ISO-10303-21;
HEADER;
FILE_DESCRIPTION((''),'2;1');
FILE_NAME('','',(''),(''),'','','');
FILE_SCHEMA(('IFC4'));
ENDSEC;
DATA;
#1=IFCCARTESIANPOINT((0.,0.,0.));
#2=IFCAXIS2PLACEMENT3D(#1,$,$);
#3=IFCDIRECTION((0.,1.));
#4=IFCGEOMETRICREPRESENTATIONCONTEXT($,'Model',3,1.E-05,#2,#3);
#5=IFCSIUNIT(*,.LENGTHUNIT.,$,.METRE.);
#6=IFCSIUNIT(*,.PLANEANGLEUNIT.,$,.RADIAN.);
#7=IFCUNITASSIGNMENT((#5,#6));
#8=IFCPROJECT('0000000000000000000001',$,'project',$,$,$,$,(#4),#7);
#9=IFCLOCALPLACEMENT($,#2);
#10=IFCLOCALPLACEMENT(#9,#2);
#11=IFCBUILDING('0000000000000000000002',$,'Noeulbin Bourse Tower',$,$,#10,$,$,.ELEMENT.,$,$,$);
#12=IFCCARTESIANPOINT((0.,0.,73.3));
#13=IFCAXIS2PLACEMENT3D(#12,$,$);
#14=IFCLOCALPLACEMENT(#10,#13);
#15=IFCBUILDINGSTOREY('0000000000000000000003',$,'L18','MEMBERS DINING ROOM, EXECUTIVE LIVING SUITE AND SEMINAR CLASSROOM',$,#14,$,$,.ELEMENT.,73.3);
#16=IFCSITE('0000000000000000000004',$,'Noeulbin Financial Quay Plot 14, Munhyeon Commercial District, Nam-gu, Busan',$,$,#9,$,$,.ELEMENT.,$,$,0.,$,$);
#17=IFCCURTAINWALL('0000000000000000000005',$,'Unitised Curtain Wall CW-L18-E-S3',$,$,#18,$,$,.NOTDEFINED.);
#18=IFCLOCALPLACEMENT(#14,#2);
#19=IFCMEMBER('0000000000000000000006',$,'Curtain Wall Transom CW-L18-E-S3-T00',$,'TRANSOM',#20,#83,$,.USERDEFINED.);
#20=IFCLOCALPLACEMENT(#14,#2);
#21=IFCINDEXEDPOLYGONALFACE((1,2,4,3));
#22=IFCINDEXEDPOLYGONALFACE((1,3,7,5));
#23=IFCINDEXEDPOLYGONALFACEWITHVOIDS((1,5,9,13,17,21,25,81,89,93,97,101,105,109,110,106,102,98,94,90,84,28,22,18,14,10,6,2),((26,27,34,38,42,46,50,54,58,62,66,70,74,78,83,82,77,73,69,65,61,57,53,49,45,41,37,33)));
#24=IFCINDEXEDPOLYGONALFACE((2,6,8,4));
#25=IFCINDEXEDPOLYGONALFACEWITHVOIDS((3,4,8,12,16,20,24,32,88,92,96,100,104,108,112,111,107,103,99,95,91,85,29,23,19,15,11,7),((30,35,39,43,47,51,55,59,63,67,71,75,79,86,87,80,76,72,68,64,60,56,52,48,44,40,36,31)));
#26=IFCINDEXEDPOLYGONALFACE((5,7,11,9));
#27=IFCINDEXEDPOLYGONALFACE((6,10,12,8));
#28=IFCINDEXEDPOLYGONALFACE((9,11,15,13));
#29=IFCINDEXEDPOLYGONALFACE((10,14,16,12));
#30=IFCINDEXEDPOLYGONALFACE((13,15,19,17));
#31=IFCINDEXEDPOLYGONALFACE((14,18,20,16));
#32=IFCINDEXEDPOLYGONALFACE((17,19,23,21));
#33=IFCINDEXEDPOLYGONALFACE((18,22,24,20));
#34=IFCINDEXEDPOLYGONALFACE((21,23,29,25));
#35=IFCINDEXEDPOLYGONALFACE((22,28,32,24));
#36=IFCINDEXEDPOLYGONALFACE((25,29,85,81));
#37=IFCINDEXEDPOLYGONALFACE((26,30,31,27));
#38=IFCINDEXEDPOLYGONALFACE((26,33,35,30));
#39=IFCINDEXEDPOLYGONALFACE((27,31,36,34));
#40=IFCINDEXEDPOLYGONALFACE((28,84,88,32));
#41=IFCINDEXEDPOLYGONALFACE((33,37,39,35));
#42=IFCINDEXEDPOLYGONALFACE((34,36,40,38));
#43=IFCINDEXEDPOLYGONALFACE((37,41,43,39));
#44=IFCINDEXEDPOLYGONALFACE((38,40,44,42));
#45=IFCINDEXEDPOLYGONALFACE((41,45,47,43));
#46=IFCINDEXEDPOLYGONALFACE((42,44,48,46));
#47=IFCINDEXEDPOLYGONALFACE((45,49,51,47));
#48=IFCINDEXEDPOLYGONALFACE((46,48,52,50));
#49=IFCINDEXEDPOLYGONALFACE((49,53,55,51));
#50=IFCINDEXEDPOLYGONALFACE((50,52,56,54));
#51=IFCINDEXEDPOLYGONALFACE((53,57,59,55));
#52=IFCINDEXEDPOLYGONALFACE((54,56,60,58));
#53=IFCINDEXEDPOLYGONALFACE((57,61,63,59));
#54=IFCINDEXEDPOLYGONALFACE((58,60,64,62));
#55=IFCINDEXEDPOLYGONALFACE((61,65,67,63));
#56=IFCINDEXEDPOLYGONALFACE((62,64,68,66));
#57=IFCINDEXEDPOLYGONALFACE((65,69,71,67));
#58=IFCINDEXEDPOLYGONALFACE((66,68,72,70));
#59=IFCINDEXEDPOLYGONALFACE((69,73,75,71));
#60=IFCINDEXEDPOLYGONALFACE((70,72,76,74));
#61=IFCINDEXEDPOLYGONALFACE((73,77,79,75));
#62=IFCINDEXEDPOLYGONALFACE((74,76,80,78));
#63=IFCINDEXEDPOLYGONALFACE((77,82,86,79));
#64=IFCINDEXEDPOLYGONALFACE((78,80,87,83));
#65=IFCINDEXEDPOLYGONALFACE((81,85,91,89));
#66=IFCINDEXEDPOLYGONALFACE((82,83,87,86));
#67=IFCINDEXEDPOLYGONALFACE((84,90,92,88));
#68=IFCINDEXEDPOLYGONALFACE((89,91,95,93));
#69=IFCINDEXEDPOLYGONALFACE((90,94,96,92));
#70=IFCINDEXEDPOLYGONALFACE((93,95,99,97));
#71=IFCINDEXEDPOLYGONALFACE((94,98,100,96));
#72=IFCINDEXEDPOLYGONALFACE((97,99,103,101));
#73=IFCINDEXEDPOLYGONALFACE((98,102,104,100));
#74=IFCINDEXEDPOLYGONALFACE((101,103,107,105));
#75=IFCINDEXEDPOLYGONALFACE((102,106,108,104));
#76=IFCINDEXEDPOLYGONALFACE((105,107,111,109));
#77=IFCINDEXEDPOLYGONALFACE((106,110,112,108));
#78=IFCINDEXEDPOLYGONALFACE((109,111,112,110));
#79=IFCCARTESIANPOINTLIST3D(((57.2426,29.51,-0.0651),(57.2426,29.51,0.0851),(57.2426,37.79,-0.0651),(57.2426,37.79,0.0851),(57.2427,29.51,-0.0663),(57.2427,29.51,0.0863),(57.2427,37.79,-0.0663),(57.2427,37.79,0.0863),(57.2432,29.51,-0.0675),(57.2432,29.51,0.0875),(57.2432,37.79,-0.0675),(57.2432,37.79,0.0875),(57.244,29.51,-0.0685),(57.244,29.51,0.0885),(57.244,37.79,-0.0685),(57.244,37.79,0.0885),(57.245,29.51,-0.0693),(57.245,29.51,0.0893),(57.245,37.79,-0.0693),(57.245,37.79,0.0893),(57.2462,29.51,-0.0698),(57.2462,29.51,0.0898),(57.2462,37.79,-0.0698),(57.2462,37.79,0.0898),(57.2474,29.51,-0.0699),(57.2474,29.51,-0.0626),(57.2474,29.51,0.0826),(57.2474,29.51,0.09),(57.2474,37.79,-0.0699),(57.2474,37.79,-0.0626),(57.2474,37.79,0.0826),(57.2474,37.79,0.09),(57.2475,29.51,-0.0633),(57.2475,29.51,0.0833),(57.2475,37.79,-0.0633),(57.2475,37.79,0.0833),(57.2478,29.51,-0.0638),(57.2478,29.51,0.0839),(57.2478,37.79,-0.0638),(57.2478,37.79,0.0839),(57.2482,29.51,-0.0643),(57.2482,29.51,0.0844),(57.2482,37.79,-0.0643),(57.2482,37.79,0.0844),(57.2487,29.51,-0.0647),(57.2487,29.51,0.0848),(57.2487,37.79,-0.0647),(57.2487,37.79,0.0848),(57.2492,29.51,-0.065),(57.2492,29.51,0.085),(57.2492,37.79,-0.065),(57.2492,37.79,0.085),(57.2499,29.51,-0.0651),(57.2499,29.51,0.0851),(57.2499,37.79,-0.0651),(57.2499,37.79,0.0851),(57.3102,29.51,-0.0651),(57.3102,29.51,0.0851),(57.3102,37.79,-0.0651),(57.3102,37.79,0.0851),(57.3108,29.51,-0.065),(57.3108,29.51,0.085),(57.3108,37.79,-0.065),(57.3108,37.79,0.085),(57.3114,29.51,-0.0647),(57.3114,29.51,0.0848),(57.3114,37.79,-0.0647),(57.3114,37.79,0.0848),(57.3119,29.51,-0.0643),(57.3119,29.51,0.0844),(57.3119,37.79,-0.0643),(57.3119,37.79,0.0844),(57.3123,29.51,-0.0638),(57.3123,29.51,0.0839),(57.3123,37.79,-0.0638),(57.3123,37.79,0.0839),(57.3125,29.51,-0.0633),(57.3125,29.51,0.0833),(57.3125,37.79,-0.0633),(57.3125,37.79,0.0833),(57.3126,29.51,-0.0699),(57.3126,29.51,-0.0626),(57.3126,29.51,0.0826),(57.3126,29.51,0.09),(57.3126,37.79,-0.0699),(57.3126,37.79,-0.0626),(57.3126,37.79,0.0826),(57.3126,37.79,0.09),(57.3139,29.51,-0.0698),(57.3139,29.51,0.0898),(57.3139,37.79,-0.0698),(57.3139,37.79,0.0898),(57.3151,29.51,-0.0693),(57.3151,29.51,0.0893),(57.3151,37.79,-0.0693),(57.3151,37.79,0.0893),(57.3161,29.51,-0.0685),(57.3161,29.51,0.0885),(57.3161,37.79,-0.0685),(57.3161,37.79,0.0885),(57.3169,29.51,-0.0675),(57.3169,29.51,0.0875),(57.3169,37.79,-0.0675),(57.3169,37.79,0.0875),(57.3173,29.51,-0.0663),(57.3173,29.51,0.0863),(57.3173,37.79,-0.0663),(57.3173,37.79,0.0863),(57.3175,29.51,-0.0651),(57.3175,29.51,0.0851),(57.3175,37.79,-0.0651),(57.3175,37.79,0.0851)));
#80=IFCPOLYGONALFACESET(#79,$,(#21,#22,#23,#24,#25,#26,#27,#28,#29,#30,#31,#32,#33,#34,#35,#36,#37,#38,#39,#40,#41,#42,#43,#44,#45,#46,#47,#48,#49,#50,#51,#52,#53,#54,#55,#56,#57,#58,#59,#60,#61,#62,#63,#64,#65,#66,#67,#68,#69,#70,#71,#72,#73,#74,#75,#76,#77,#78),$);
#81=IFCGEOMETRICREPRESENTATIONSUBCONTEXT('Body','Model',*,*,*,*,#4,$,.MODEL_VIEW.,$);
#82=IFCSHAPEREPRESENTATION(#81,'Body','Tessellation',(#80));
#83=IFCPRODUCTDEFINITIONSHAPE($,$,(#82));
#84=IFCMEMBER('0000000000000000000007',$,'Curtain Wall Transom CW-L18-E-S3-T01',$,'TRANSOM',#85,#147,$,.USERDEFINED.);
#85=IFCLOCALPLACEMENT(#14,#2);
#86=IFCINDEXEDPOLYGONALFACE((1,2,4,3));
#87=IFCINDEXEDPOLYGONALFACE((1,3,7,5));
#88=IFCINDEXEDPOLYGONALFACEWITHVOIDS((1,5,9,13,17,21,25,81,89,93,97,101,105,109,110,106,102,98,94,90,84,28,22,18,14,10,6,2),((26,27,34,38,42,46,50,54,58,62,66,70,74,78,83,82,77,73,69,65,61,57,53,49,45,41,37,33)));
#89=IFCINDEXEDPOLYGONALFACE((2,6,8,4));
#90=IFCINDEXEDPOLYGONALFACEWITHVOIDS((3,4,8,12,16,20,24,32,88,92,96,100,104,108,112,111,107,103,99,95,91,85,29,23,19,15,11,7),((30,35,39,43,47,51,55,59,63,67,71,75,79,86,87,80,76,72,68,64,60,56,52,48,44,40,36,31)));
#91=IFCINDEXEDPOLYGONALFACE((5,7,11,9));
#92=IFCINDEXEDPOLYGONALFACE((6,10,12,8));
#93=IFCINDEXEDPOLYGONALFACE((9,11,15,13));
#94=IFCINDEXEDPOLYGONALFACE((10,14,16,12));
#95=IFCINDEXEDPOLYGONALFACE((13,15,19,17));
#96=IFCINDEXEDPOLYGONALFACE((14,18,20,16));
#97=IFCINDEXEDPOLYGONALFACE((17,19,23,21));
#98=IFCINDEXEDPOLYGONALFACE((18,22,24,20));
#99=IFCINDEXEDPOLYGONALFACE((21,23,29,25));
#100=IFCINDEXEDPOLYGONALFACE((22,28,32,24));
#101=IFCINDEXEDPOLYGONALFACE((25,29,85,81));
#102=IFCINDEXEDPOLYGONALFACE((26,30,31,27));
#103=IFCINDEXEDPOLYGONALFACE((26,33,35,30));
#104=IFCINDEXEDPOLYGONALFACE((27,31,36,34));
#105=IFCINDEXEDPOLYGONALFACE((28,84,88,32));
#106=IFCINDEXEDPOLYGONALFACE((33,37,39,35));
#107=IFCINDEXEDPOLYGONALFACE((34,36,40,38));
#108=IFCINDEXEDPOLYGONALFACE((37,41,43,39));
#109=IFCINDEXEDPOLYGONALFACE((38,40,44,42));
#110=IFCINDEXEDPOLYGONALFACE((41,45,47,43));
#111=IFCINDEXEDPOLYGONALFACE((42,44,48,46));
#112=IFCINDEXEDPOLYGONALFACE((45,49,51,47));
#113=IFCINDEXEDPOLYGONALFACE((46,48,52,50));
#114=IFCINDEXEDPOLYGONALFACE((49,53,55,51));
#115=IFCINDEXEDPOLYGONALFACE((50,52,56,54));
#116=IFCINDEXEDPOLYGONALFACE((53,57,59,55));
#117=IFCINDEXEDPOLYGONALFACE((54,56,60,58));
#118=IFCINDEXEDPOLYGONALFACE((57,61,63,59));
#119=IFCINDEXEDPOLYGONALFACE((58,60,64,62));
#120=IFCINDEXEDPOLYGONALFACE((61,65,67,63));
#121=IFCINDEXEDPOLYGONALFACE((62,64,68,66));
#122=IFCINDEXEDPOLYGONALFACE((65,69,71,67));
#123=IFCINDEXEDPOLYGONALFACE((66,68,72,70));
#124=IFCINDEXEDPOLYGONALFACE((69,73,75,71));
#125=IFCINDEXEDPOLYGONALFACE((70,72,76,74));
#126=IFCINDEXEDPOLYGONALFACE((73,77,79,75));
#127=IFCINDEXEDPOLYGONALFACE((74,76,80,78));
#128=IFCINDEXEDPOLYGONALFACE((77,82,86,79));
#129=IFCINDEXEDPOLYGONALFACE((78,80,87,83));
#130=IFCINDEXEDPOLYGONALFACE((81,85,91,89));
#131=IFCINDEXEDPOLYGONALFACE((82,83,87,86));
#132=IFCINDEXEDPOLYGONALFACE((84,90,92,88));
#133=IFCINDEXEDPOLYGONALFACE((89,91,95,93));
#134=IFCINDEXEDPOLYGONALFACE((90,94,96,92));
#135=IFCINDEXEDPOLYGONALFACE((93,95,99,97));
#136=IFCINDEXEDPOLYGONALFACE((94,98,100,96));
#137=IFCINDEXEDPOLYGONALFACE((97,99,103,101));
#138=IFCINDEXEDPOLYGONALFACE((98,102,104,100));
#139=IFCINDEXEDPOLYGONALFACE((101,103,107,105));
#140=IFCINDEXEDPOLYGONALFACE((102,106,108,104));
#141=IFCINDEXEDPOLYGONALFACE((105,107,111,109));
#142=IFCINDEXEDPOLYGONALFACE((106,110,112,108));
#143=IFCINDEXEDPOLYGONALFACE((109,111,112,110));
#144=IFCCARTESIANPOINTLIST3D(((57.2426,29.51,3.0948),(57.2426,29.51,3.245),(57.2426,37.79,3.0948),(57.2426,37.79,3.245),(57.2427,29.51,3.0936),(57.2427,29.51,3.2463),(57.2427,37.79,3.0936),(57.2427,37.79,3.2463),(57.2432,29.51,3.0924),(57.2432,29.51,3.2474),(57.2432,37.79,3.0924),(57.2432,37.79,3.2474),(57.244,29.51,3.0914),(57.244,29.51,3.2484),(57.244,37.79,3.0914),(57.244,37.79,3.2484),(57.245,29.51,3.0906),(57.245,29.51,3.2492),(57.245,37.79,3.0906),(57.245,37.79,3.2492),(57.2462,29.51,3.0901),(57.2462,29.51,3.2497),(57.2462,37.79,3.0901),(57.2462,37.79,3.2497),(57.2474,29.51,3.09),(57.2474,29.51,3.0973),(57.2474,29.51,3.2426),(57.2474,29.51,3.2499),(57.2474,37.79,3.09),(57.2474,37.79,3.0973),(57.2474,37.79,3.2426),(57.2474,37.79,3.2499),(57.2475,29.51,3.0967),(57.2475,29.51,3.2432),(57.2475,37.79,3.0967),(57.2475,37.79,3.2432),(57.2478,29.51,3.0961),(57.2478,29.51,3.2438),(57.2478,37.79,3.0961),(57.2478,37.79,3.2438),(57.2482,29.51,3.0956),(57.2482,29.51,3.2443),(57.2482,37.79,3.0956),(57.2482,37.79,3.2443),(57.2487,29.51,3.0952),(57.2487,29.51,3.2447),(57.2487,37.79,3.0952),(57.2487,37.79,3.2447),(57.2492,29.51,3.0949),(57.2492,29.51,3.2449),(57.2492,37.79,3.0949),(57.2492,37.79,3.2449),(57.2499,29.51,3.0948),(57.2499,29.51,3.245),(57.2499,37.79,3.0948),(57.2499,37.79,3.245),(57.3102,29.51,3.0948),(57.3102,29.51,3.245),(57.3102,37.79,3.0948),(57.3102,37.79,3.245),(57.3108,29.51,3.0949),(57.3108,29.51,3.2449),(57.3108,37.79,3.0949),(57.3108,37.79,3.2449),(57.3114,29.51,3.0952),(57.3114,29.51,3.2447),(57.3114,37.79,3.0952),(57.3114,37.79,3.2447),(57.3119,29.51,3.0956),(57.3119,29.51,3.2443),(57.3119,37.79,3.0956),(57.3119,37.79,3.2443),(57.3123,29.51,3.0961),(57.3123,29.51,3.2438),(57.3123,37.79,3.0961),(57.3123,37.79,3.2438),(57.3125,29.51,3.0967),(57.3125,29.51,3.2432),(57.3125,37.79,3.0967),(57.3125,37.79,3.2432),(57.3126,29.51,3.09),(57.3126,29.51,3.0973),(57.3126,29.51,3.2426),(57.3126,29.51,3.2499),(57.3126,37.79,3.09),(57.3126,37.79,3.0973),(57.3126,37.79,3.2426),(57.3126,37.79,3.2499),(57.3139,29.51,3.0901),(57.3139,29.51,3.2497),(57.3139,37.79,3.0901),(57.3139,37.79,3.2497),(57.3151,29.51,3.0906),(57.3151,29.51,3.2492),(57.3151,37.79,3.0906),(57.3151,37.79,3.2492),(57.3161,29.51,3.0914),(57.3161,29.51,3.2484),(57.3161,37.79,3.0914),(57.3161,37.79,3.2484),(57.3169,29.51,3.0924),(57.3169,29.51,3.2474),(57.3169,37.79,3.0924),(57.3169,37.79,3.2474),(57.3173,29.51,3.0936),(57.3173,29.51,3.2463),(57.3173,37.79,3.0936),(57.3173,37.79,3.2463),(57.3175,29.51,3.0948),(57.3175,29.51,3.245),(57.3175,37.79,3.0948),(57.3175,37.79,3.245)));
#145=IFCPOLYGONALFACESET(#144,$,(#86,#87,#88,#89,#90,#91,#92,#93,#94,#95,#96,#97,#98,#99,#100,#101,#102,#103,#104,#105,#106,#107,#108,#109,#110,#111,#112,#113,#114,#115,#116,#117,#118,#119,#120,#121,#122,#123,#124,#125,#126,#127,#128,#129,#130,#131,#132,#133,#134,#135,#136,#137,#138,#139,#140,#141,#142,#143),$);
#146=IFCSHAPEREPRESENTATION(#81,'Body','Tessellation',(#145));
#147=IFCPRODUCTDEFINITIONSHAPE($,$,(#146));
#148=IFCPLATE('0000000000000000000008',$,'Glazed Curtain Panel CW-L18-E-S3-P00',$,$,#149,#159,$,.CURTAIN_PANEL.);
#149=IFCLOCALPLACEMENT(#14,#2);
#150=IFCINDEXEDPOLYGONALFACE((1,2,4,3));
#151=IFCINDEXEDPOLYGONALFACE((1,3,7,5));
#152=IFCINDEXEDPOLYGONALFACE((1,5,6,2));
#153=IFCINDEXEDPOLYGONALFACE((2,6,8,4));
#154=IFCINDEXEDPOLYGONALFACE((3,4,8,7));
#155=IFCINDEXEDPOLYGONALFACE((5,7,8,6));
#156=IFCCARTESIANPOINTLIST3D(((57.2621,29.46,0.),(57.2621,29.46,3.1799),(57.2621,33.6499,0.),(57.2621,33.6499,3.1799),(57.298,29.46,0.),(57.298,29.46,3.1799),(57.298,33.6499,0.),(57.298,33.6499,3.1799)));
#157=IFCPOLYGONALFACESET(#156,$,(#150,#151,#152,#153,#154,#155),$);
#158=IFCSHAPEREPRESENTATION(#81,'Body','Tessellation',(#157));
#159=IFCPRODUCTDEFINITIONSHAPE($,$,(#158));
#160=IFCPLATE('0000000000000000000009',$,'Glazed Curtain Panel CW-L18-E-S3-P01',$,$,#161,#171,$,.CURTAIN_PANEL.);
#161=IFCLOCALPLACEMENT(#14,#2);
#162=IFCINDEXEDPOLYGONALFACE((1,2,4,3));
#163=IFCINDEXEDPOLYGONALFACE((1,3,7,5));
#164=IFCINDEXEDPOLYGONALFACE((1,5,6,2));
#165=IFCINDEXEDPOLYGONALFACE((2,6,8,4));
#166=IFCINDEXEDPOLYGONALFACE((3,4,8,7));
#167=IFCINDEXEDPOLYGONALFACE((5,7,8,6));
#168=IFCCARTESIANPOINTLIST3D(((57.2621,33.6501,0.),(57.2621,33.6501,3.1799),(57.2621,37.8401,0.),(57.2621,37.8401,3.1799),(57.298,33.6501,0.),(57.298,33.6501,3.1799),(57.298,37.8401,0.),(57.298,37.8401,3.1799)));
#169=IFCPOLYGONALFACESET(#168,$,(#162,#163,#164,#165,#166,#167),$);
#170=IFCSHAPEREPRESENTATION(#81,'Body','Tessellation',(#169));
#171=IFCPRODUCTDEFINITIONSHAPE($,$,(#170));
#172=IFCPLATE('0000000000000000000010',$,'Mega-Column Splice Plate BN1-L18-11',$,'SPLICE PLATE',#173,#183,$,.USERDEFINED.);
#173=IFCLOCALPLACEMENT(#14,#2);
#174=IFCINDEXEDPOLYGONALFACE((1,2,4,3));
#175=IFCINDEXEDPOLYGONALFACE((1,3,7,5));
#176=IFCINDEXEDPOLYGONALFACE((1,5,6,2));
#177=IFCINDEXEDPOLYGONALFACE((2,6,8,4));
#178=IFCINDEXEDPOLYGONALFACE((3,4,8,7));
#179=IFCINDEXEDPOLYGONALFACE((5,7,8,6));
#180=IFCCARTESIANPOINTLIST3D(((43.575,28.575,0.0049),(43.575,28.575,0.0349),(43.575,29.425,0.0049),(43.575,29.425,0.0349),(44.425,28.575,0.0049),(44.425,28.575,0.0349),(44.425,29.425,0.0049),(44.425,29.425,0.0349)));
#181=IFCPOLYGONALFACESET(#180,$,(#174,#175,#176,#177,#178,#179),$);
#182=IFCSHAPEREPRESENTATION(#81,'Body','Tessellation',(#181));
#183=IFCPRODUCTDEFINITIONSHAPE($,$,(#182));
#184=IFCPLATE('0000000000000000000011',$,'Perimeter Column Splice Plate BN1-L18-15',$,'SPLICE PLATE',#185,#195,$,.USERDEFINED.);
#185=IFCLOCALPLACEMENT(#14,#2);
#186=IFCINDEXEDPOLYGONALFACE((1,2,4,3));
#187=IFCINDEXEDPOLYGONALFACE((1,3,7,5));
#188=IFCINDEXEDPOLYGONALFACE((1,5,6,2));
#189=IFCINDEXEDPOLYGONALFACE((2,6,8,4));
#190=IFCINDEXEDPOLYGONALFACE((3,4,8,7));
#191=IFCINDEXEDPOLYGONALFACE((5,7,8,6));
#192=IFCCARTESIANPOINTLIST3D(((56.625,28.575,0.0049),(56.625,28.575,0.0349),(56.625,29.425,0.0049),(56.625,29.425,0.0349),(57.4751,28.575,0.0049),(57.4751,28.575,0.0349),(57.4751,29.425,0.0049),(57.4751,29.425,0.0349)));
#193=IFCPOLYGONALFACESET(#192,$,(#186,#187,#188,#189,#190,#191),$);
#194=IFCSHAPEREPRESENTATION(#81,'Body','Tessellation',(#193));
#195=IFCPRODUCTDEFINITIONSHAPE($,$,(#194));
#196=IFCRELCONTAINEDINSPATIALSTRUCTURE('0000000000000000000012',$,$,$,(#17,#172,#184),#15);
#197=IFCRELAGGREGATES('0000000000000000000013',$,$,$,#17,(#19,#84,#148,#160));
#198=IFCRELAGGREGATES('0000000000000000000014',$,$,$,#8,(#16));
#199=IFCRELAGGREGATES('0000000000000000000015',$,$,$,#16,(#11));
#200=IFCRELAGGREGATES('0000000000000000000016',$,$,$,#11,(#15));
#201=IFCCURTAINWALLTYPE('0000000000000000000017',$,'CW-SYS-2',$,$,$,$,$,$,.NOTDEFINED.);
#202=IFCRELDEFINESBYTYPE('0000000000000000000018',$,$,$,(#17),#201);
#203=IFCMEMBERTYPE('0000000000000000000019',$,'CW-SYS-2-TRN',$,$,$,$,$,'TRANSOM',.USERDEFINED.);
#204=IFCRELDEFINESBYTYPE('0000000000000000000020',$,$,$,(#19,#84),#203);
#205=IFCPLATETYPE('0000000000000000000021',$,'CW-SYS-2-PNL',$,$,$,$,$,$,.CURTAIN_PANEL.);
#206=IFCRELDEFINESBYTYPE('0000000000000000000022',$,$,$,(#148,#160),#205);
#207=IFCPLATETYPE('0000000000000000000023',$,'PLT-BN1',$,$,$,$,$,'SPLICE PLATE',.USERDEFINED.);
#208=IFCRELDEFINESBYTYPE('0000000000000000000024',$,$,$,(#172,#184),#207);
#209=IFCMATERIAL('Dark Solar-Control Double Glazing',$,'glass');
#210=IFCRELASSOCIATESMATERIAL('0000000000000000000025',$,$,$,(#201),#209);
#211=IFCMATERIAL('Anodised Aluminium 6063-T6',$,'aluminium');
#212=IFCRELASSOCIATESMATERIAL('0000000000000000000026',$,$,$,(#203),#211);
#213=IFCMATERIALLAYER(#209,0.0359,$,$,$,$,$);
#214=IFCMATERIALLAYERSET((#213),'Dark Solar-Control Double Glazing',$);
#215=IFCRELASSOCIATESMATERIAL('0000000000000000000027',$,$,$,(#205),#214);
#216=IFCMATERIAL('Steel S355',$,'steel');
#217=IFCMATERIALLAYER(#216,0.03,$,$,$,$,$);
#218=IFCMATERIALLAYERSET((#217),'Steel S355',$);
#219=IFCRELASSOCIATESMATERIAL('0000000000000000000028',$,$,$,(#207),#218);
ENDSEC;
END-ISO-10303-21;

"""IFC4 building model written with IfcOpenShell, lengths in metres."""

from ifc_helpers import new_model, si_unit, direction, frame, origin, origin_2d, place, context, subcontext, project, spatial, rectangle, hollow_rectangle, extrude, material, layer, layer_set, material_profile, profile_set, type_object, element, aggregate, save


model = new_model("IFC4")

# Units and contexts
model_context = context("Model", 3, precision=1e-05, world=origin(), true_north=direction((0.0, 1.0)))
body_context = subcontext(model_context, "Body", "Model", "MODEL_VIEW")
ifc_project = project(units=[si_unit("LENGTHUNIT", "METRE"), si_unit("PLANEANGLEUNIT", "RADIAN")], contexts=[model_context])

# Site, building, storey
site_placement = place(None, origin())
site = spatial("IfcSite", under=ifc_project, at=site_placement, Name="Noeulbin Financial Quay Plot 14, Munhyeon Commercial District, Nam-gu, Busan", CompositionType="ELEMENT", RefElevation=0.0)
building_placement = place(site_placement, origin())
building = spatial("IfcBuilding", under=site, at=building_placement, Name="Noeulbin Bourse Tower", CompositionType="ELEMENT")
storey_placement = place(building_placement, frame((0.0, 0.0, 73.3)))
storey = spatial("IfcBuildingStorey", under=building, at=storey_placement, Name="L18", Description="MEMBERS DINING ROOM, EXECUTIVE LIVING SUITE AND SEMINAR CLASSROOM", CompositionType="ELEMENT", Elevation=73.3)

# Shared definitions
ifc_material_1 = material(Name="Steel S355", Category="steel")

# Curtain wall, members, plates
ifc_material_2 = material(Name="Dark Solar-Control Double Glazing", Category="glass")
curtain_wall_type = type_object("IfcCurtainWallType", Name="CW-SYS-2", PredefinedType="NOTDEFINED", material=ifc_material_2)
curtain_wall_placement = place(storey_placement, origin())
curtain_wall = element("IfcCurtainWall", 1, at=curtain_wall_placement, inside=storey, type_object=curtain_wall_type, Name="Unitised Curtain Wall CW-L18-E-S3", PredefinedType="NOTDEFINED")
ifc_material_3 = material(Name="Anodised Aluminium 6063-T6", Category="aluminium")
ifc_material_profile_1 = material_profile(ifc_material_3, hollow_rectangle(XDim=0.075, YDim=0.1599, WallThickness=0.0049, InnerFilletRadius=0.0024, OuterFilletRadius=0.0049, at=origin_2d()), Name="ALU-TRAN-75x160x5", Category="LoadBearing")
ifc_profile_set_1 = profile_set([ifc_material_profile_1], Name="Anodised Aluminium 6063-T6")
member_type_1 = type_object("IfcMemberType", Name="CW-SYS-2-TRN", ElementType="TRANSOM", PredefinedType="USERDEFINED", material=ifc_profile_set_1)
member_1_placement = place(storey_placement, frame((57.28, 29.51, 0.01), z_axis=(0.0, 1.0, 0.0), x_axis=(-1.0, 0.0, 0.0)))
member_1 = element("IfcMember", 2, at=member_1_placement, type_object=member_type_1, Name="Curtain Wall Transom CW-L18-E-S3-T00", ObjectType="TRANSOM", PredefinedType="USERDEFINED", context=body_context, shape_type="SweptSolid", body=[
    extrude(hollow_rectangle(XDim=0.075, YDim=0.1599, WallThickness=0.0049, InnerFilletRadius=0.0024, OuterFilletRadius=0.0049, at=origin_2d()), origin(), (0.0, 0.0, 1.0), 8.28),
])
member_2_placement = place(storey_placement, frame((57.28, 29.51, 3.1699), z_axis=(0.0, 1.0, 0.0), x_axis=(-1.0, 0.0, 0.0)))
member_2 = element("IfcMember", 3, at=member_2_placement, type_object=member_type_1, Name="Curtain Wall Transom CW-L18-E-S3-T01", ObjectType="TRANSOM", PredefinedType="USERDEFINED", context=body_context, shape_type="SweptSolid", body=[
    extrude(hollow_rectangle(XDim=0.075, YDim=0.1599, WallThickness=0.0049, InnerFilletRadius=0.0024, OuterFilletRadius=0.0049, at=origin_2d()), origin(), (0.0, 0.0, 1.0), 8.28),
])
ifc_layer_1 = layer(ifc_material_2, 0.0359)
ifc_layer_set_1 = layer_set([ifc_layer_1], Name="Dark Solar-Control Double Glazing")
plate_type_1 = type_object("IfcPlateType", Name="CW-SYS-2-PNL", PredefinedType="CURTAIN_PANEL", material=ifc_layer_set_1)
plate_1_placement = place(storey_placement, frame((57.28, 31.5549, 0.0), z_axis=(0.0, 0.0, 1.0), x_axis=(0.0, 1.0, 0.0)))
plate_1 = element("IfcPlate", 4, at=plate_1_placement, type_object=plate_type_1, Name="Glazed Curtain Panel CW-L18-E-S3-P00", PredefinedType="CURTAIN_PANEL", context=body_context, shape_type="SweptSolid", body=[
    extrude(rectangle(XDim=4.1899, YDim=0.0359, at=origin_2d()), origin(), (0.0, 0.0, 1.0), 3.1799),
])
plate_2_placement = place(storey_placement, frame((57.28, 35.7451, 0.0), z_axis=(0.0, 0.0, 1.0), x_axis=(0.0, 1.0, 0.0)))
plate_2 = element("IfcPlate", 5, at=plate_2_placement, type_object=plate_type_1, Name="Glazed Curtain Panel CW-L18-E-S3-P01", PredefinedType="CURTAIN_PANEL", context=body_context, shape_type="SweptSolid", body=[
    extrude(rectangle(XDim=4.1899, YDim=0.0359, at=origin_2d()), origin(), (0.0, 0.0, 1.0), 3.1799),
])
aggregate(curtain_wall, [member_1, member_2, plate_1, plate_2])

# Plates
ifc_layer_2 = layer(ifc_material_1, 0.03)
ifc_layer_set_2 = layer_set([ifc_layer_2], Name="Steel S355")
plate_type_2 = type_object("IfcPlateType", Name="PLT-BN1", ElementType="SPLICE PLATE", PredefinedType="USERDEFINED", material=ifc_layer_set_2)
for number, where, z_axis, x_axis, name in (
    (6, (44.0, 29.0, 0.0049), (0.0, 0.0, 1.0), (1.0, 0.0, 0.0), "Mega-Column Splice Plate BN1-L18-11"),
    (7, (57.05, 29.0, 0.0049), (0.0, 0.0, 1.0), (1.0, 0.0, 0.0), "Perimeter Column Splice Plate BN1-L18-15"),
):
    element("IfcPlate", number, at=place(storey_placement, frame(where, z_axis=z_axis, x_axis=x_axis)), inside=storey, type_object=plate_type_2, Name=name, ObjectType="SPLICE PLATE", PredefinedType="USERDEFINED", context=body_context, shape_type="SweptSolid", body=[
        extrude(rectangle(XDim=0.8501, YDim=0.8501, at=origin_2d()), origin(), (0.0, 0.0, 1.0), 0.03),
    ])

save(model, "model.ifc")
